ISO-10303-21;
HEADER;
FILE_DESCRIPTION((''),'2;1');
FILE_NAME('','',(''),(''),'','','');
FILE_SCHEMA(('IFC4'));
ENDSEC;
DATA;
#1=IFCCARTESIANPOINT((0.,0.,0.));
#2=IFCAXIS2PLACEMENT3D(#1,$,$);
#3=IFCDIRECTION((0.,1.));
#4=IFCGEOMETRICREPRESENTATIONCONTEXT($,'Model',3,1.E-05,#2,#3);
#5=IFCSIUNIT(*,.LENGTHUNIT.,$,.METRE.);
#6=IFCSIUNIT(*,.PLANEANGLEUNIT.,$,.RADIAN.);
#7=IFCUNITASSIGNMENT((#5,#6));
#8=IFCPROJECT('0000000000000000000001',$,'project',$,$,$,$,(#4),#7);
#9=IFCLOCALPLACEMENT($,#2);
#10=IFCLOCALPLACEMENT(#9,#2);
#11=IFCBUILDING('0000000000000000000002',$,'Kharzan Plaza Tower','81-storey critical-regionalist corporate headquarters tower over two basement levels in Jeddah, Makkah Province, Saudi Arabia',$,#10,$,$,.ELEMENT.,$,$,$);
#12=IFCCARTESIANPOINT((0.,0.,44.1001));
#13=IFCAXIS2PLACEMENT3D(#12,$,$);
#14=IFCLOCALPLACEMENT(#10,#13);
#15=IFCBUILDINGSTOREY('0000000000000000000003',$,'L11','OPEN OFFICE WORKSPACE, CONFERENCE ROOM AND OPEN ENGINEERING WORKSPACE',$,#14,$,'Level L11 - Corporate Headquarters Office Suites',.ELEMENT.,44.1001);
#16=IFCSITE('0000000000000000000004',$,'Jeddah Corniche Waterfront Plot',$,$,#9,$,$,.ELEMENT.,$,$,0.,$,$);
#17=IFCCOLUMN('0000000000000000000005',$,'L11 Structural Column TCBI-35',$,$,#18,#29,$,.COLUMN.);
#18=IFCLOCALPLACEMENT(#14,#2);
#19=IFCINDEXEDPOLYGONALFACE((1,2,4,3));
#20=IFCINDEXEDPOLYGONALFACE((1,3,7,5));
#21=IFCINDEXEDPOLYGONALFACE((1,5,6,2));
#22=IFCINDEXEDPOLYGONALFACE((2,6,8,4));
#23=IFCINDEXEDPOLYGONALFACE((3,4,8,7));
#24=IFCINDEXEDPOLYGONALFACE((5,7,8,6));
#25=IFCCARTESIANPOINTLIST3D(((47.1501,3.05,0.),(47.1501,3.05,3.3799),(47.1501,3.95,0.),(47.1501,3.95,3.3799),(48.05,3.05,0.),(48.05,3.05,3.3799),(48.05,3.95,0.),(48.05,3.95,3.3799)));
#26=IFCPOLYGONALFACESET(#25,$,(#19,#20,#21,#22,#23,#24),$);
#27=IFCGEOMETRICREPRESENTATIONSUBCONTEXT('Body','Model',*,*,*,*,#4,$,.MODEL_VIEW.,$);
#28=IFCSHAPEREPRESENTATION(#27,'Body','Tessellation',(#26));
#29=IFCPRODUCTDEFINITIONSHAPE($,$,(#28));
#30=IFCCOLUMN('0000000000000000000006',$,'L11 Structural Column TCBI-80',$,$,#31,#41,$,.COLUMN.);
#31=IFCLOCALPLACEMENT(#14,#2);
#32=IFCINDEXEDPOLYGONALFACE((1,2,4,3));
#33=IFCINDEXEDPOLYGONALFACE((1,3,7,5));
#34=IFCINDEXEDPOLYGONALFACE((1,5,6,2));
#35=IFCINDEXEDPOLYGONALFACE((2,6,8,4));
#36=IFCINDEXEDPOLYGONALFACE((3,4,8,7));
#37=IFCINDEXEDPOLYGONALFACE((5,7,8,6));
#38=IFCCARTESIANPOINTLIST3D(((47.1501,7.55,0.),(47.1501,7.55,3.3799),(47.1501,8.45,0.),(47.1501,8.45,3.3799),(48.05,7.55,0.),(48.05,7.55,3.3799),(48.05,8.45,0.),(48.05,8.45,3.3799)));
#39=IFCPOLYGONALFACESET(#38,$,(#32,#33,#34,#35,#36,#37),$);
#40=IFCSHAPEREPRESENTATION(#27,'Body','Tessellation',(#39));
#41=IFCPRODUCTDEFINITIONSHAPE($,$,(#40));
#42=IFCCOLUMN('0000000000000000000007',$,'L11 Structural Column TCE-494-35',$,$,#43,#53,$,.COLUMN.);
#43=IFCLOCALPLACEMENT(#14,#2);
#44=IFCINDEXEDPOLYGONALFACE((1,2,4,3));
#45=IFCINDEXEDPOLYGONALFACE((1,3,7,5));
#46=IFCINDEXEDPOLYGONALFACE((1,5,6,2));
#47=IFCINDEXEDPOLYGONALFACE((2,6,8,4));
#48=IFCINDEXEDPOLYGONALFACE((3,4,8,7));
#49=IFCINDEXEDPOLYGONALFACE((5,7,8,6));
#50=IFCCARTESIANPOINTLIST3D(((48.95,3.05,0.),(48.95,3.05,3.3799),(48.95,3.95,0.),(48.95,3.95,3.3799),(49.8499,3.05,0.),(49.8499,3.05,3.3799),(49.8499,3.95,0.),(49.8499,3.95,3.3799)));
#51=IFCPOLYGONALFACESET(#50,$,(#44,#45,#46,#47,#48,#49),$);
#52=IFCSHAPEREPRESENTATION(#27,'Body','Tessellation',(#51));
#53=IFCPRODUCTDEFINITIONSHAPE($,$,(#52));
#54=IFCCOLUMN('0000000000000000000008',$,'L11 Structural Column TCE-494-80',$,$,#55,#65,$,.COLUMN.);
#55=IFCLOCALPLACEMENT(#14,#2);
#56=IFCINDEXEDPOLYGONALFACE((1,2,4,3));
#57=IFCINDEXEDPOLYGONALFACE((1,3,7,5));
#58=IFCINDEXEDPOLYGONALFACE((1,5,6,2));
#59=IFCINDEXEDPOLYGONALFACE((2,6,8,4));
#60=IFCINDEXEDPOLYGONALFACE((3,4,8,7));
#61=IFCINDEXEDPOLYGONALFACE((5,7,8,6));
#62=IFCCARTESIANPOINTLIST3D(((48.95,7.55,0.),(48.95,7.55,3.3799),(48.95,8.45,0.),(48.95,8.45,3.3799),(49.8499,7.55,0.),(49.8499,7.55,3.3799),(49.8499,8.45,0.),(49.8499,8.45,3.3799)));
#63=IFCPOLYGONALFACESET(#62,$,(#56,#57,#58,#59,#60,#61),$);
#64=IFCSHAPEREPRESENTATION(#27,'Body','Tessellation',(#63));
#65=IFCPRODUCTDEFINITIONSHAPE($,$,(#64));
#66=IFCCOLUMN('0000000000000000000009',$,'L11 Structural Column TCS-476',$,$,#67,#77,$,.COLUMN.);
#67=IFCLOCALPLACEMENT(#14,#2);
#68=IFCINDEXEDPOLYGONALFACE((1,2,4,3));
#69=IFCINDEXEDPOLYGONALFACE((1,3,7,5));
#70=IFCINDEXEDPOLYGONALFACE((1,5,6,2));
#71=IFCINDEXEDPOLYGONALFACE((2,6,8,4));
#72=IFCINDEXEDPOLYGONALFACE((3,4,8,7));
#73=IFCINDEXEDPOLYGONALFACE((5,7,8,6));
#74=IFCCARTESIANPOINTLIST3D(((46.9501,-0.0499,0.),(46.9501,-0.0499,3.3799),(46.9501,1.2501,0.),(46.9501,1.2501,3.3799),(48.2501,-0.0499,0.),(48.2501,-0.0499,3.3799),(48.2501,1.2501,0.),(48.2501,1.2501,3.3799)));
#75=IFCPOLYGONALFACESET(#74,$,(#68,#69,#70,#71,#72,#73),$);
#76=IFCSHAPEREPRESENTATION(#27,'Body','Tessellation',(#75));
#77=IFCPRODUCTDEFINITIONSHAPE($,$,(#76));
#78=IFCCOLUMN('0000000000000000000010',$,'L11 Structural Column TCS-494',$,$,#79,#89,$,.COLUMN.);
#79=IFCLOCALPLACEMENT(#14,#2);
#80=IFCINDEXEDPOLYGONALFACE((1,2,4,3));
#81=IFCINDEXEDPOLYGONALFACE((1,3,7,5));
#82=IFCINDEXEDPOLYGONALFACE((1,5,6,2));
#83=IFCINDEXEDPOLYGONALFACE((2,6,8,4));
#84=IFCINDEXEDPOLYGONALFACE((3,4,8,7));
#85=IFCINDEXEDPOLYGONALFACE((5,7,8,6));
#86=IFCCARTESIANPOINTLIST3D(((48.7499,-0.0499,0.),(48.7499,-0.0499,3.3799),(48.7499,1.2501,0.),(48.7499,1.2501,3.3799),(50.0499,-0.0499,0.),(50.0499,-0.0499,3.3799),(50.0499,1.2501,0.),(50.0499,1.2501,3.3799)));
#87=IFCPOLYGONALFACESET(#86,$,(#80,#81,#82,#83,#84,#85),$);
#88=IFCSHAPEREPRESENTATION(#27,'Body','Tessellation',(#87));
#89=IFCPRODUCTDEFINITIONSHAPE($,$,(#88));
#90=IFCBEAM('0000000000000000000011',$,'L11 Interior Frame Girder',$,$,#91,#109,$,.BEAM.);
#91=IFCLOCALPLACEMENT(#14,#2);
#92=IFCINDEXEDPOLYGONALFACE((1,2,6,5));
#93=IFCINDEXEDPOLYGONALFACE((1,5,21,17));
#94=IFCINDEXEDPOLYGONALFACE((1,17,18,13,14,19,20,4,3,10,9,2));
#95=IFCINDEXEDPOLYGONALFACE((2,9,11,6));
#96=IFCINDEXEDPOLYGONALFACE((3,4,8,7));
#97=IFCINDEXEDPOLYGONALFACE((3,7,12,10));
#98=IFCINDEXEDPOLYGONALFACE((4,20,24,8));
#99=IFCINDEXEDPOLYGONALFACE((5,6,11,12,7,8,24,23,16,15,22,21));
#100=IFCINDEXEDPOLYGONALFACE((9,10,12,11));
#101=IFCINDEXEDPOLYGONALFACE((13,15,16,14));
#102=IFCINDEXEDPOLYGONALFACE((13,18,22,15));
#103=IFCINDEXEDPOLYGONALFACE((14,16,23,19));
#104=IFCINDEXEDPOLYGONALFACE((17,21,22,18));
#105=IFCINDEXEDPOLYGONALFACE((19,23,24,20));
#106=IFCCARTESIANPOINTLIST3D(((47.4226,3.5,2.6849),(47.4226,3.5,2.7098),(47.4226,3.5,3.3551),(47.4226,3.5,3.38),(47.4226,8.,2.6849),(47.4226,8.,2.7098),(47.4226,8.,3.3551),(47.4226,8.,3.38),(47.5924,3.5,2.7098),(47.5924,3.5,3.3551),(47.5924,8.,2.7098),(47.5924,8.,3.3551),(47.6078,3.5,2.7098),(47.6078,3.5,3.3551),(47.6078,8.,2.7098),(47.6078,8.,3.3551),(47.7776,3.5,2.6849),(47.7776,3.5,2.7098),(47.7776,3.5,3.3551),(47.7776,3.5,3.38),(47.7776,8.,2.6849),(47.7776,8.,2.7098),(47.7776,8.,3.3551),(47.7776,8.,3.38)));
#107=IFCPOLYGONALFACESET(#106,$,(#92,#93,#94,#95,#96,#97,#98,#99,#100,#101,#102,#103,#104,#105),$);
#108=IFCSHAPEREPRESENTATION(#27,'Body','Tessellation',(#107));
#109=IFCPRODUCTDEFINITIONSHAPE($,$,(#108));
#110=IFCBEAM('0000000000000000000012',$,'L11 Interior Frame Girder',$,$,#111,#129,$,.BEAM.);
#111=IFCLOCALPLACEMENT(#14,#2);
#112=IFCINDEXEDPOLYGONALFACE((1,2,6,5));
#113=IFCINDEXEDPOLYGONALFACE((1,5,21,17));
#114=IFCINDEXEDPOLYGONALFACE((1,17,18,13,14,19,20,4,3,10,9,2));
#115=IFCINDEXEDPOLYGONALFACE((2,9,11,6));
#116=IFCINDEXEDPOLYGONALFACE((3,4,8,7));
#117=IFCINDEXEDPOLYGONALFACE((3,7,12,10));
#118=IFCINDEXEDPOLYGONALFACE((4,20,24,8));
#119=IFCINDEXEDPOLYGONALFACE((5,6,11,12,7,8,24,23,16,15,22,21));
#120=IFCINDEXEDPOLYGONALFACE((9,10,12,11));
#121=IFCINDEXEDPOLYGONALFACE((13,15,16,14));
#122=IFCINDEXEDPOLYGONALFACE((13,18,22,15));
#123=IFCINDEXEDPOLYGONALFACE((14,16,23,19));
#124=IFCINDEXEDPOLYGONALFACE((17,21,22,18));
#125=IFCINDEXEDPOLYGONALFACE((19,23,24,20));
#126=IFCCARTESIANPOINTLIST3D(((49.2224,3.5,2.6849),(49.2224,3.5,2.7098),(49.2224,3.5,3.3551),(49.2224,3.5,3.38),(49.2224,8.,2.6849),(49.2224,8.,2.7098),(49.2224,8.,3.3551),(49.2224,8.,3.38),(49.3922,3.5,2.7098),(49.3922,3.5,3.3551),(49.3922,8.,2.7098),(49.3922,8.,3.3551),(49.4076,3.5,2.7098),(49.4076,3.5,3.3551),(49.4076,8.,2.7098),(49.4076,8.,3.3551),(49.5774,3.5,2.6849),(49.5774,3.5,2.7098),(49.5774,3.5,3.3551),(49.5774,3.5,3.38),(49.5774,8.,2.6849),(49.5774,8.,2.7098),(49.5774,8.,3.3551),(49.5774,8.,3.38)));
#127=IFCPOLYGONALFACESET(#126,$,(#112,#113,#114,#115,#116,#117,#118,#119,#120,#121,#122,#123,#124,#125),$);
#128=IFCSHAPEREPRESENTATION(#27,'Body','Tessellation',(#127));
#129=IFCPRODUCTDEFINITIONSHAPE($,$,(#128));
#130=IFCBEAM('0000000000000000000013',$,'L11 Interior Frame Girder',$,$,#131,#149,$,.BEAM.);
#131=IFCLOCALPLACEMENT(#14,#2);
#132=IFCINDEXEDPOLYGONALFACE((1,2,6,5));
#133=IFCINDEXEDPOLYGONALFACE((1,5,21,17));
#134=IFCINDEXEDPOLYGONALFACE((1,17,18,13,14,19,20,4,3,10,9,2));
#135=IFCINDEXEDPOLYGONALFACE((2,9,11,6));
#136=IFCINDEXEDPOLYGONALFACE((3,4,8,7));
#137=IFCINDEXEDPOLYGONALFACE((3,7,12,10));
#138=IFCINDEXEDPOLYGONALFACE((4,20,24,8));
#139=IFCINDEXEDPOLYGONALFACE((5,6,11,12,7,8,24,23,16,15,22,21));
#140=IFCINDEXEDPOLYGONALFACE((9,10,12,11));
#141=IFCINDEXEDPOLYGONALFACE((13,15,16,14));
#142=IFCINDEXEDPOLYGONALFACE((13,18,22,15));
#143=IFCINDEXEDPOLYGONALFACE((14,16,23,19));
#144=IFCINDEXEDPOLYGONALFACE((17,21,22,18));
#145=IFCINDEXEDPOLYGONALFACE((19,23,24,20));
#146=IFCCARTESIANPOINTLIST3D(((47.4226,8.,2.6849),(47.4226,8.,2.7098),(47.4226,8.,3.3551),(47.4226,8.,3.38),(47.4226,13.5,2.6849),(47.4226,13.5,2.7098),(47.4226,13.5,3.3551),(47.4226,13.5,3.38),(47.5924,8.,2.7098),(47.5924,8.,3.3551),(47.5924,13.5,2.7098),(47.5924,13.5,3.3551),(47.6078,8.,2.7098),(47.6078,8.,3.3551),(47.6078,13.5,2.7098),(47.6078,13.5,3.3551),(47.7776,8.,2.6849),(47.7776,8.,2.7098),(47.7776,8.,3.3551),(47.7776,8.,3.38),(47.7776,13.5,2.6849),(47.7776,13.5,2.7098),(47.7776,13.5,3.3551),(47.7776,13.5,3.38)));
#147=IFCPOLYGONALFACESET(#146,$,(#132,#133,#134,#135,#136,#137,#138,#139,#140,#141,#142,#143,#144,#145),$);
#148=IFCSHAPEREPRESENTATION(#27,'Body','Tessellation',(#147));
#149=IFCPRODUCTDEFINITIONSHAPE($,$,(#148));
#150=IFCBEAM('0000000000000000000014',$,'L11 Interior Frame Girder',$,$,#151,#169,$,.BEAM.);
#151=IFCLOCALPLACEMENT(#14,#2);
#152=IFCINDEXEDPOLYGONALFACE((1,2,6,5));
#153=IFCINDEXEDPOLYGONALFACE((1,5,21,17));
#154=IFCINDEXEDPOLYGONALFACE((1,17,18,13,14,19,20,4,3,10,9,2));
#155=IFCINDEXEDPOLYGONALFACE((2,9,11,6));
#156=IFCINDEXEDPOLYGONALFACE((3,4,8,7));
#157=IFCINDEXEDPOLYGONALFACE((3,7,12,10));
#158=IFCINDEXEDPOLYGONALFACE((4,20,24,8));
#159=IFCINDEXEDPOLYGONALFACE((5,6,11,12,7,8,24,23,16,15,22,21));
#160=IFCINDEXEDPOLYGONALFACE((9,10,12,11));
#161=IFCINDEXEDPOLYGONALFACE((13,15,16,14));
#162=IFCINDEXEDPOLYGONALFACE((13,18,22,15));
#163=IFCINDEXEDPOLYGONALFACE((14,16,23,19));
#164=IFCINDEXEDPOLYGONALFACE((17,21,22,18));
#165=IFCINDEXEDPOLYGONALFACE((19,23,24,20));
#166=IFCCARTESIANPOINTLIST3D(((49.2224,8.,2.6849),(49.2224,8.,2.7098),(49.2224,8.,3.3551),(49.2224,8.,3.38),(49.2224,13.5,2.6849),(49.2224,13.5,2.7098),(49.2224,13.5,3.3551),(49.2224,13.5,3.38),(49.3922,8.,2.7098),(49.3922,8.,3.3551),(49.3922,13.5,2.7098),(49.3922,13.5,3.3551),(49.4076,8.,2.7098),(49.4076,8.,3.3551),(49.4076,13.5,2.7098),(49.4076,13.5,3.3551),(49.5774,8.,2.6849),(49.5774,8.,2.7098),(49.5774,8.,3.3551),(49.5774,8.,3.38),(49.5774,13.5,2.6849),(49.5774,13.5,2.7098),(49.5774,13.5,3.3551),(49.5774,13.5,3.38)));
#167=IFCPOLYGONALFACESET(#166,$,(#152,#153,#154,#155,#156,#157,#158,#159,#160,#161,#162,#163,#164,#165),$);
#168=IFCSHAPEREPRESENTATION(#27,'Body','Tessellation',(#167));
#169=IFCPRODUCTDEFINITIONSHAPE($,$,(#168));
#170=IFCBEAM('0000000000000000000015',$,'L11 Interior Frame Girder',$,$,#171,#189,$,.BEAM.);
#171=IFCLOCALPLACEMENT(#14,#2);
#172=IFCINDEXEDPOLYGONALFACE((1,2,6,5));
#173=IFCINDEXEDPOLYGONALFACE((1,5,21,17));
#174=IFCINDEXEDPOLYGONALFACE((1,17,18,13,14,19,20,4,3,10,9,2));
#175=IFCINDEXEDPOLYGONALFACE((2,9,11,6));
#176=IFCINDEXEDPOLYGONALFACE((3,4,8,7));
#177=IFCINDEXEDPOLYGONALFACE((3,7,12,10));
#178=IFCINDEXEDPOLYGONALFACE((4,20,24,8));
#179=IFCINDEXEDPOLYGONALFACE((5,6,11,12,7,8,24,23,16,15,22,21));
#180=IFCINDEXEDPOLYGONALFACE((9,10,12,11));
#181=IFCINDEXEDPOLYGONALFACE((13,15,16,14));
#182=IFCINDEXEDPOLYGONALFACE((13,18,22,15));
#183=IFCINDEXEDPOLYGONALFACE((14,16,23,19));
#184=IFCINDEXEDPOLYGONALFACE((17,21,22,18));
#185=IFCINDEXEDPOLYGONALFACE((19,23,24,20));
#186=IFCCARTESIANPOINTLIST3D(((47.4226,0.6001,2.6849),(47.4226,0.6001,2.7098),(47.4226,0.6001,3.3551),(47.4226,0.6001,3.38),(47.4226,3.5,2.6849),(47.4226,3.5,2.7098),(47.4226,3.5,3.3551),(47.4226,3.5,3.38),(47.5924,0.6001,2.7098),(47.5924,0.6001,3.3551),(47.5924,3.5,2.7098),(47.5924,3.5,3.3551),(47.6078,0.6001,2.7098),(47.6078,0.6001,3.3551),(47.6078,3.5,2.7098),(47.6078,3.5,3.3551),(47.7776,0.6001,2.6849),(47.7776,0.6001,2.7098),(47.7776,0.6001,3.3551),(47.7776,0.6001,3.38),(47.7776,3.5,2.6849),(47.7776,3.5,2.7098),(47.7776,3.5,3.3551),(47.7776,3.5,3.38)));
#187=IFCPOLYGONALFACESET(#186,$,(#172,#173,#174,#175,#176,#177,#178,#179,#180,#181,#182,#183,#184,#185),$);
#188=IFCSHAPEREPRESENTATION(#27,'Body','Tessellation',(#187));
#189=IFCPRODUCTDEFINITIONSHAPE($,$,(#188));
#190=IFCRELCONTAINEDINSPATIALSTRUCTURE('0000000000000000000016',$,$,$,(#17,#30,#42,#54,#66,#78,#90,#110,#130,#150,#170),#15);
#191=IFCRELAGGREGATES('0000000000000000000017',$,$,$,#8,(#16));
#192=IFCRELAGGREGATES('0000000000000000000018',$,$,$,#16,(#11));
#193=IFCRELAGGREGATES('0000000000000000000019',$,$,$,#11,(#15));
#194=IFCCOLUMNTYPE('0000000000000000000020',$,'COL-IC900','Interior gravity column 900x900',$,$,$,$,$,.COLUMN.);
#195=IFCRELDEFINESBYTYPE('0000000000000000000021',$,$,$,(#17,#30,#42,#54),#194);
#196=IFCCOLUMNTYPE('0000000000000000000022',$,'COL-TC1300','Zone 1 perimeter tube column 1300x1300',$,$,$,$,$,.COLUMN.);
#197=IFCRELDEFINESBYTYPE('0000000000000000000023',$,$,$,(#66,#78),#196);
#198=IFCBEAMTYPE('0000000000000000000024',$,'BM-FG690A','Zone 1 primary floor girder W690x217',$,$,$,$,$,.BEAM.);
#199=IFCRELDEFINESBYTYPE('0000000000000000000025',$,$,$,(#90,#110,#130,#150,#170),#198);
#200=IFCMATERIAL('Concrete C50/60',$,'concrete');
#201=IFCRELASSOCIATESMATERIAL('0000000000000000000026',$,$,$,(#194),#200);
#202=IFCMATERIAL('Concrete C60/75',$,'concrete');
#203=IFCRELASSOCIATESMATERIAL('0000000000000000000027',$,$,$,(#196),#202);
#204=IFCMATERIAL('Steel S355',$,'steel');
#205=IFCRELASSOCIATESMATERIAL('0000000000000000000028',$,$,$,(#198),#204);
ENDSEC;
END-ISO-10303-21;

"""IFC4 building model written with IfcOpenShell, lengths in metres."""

from ifc_helpers import new_model, si_unit, direction, frame, origin, origin_2d, place, context, subcontext, project, spatial, rectangle, i_section, extrude, source, transform, mapped, material, material_profile, profile_set, type_object, element, save


model = new_model("IFC4")

# Units and contexts
model_context = context("Model", 3, precision=1e-05, world=origin(), true_north=direction((0.0, 1.0)))
body_context = subcontext(model_context, "Body", "Model", "MODEL_VIEW")
ifc_project = project(units=[si_unit("LENGTHUNIT", "METRE"), si_unit("PLANEANGLEUNIT", "RADIAN")], contexts=[model_context])

# Site, building, storey
site_placement = place(None, origin())
site = spatial("IfcSite", under=ifc_project, at=site_placement, Name="Jeddah Corniche Waterfront Plot", CompositionType="ELEMENT", RefElevation=0.0)
building_placement = place(site_placement, origin())
building = spatial("IfcBuilding", under=site, at=building_placement, Name="Kharzan Plaza Tower", Description="81-storey critical-regionalist corporate headquarters tower over two basement levels in Jeddah, Makkah Province, Saudi Arabia", CompositionType="ELEMENT")
storey_placement = place(building_placement, frame((0.0, 0.0, 44.1001)))
storey = spatial("IfcBuildingStorey", under=building, at=storey_placement, Name="L11", Description="OPEN OFFICE WORKSPACE, CONFERENCE ROOM AND OPEN ENGINEERING WORKSPACE", LongName="Level L11 - Corporate Headquarters Office Suites", CompositionType="ELEMENT", Elevation=44.1001)

# Columns
ifc_material_1 = material(Name="Concrete C50/60", Category="concrete")
ifc_material_profile_1 = material_profile(ifc_material_1, rectangle(XDim=0.8999, YDim=0.8999, at=origin_2d()), Name="RC-IC900x900")
ifc_profile_set_1 = profile_set([ifc_material_profile_1], Name="Concrete C50/60")
column_type_1 = type_object("IfcColumnType", Name="COL-IC900", Description="Interior gravity column 900x900", PredefinedType="COLUMN", material=ifc_profile_set_1)
shared_shape_1 = source(origin(), body_context, "Body", "SweptSolid", [
    extrude(rectangle(XDim=0.8999, YDim=0.8999, at=origin_2d()), origin(), (0.0, 0.0, 1.0), 3.3799),
])
for number, where, z_axis, x_axis, name in (
    (1, (47.6001, 3.5, 0.0), (0.0, 0.0, 1.0), (1.0, 0.0, 0.0), "L11 Structural Column TCBI-35"),
    (2, (47.6001, 8.0, 0.0), (0.0, 0.0, 1.0), (1.0, 0.0, 0.0), "L11 Structural Column TCBI-80"),
    (3, (49.3999, 3.5, 0.0), (0.0, 0.0, 1.0), (1.0, 0.0, 0.0), "L11 Structural Column TCE-494-35"),
    (4, (49.3999, 8.0, 0.0), (0.0, 0.0, 1.0), (1.0, 0.0, 0.0), "L11 Structural Column TCE-494-80"),
):
    element("IfcColumn", number, at=place(storey_placement, frame(where, z_axis=z_axis, x_axis=x_axis)), inside=storey, type_object=column_type_1, Name=name, PredefinedType="COLUMN", context=body_context, shape_type="MappedRepresentation", body=[
        mapped(shared_shape_1, transform((0.0, 0.0, 0.0), x_axis=(1.0, 0.0, 0.0), y_axis=(0.0, 1.0, 0.0), z_axis=(0.0, 0.0, 1.0))),
    ])
ifc_material_2 = material(Name="Concrete C60/75", Category="concrete")
ifc_material_profile_2 = material_profile(ifc_material_2, rectangle(XDim=1.3, YDim=1.3, at=origin_2d()), Name="RC-TC1300x1300")
ifc_profile_set_2 = profile_set([ifc_material_profile_2], Name="Concrete C60/75")
column_type_2 = type_object("IfcColumnType", Name="COL-TC1300", Description="Zone 1 perimeter tube column 1300x1300", PredefinedType="COLUMN", material=ifc_profile_set_2)
shared_shape_2 = source(origin(), body_context, "Body", "SweptSolid", [
    extrude(rectangle(XDim=1.3, YDim=1.3, at=origin_2d()), origin(), (0.0, 0.0, 1.0), 3.3799),
])
for number, where, z_axis, x_axis, name in (
    (5, (47.6001, 0.6001, 0.0), (0.0, 0.0, 1.0), (1.0, 0.0, 0.0), "L11 Structural Column TCS-476"),
    (6, (49.3999, 0.6001, 0.0), (0.0, 0.0, 1.0), (1.0, 0.0, 0.0), "L11 Structural Column TCS-494"),
):
    element("IfcColumn", number, at=place(storey_placement, frame(where, z_axis=z_axis, x_axis=x_axis)), inside=storey, type_object=column_type_2, Name=name, PredefinedType="COLUMN", context=body_context, shape_type="MappedRepresentation", body=[
        mapped(shared_shape_2, transform((0.0, 0.0, 0.0), x_axis=(1.0, 0.0, 0.0), y_axis=(0.0, 1.0, 0.0), z_axis=(0.0, 0.0, 1.0))),
    ])

# Beams
ifc_material_3 = material(Name="Steel S355", Category="steel")
ifc_material_profile_3 = material_profile(ifc_material_3, i_section(OverallWidth=0.355, OverallDepth=0.6951, WebThickness=0.0154, FlangeThickness=0.0249, at=origin_2d()), Name="W690x217")
ifc_profile_set_3 = profile_set([ifc_material_profile_3], Name="Steel S355")
beam_type_1 = type_object("IfcBeamType", Name="BM-FG690A", Description="Zone 1 primary floor girder W690x217", PredefinedType="BEAM", material=ifc_profile_set_3)
shared_shape_3 = source(origin(), body_context, "Body", "SweptSolid", [
    extrude(i_section(OverallWidth=0.355, OverallDepth=0.6951, WebThickness=0.0154, FlangeThickness=0.0249, at=origin_2d()), origin(), (0.0, 0.0, 1.0), 4.5),
])
for number, where, z_axis, x_axis, name in (
    (7, (47.6001, 3.5, 3.0325), (0.0, 1.0, 0.0), (-1.0, 0.0, 0.0), "L11 Interior Frame Girder"),
    (8, (49.3999, 3.5, 3.0325), (0.0, 1.0, 0.0), (-1.0, 0.0, 0.0), "L11 Interior Frame Girder"),
):
    element("IfcBeam", number, at=place(storey_placement, frame(where, z_axis=z_axis, x_axis=x_axis)), inside=storey, type_object=beam_type_1, Name=name, PredefinedType="BEAM", context=body_context, shape_type="MappedRepresentation", body=[
        mapped(shared_shape_3, transform((0.0, 0.0, 0.0), x_axis=(1.0, 0.0, 0.0), y_axis=(0.0, 1.0, 0.0), z_axis=(0.0, 0.0, 1.0))),
    ])
shared_shape_4 = source(origin(), body_context, "Body", "SweptSolid", [
    extrude(i_section(OverallWidth=0.355, OverallDepth=0.6951, WebThickness=0.0154, FlangeThickness=0.0249, at=origin_2d()), origin(), (0.0, 0.0, 1.0), 5.5),
])
for number, where, z_axis, x_axis, name in (
    (9, (47.6001, 8.0, 3.0325), (0.0, 1.0, 0.0), (-1.0, 0.0, 0.0), "L11 Interior Frame Girder"),
    (10, (49.3999, 8.0, 3.0325), (0.0, 1.0, 0.0), (-1.0, 0.0, 0.0), "L11 Interior Frame Girder"),
):
    element("IfcBeam", number, at=place(storey_placement, frame(where, z_axis=z_axis, x_axis=x_axis)), inside=storey, type_object=beam_type_1, Name=name, PredefinedType="BEAM", context=body_context, shape_type="MappedRepresentation", body=[
        mapped(shared_shape_4, transform((0.0, 0.0, 0.0), x_axis=(1.0, 0.0, 0.0), y_axis=(0.0, 1.0, 0.0), z_axis=(0.0, 0.0, 1.0))),
    ])
shared_shape_5 = source(origin(), body_context, "Body", "SweptSolid", [
    extrude(i_section(OverallWidth=0.355, OverallDepth=0.6951, WebThickness=0.0154, FlangeThickness=0.0249, at=origin_2d()), origin(), (0.0, 0.0, 1.0), 2.8999),
])
for number, where, z_axis, x_axis, name in (
    (11, (47.6001, 0.6001, 3.0325), (0.0, 1.0, 0.0), (-1.0, 0.0, 0.0), "L11 Interior Frame Girder"),
):
    element("IfcBeam", number, at=place(storey_placement, frame(where, z_axis=z_axis, x_axis=x_axis)), inside=storey, type_object=beam_type_1, Name=name, PredefinedType="BEAM", context=body_context, shape_type="MappedRepresentation", body=[
        mapped(shared_shape_5, transform((0.0, 0.0, 0.0), x_axis=(1.0, 0.0, 0.0), y_axis=(0.0, 1.0, 0.0), z_axis=(0.0, 0.0, 1.0))),
    ])

save(model, "model.ifc")
